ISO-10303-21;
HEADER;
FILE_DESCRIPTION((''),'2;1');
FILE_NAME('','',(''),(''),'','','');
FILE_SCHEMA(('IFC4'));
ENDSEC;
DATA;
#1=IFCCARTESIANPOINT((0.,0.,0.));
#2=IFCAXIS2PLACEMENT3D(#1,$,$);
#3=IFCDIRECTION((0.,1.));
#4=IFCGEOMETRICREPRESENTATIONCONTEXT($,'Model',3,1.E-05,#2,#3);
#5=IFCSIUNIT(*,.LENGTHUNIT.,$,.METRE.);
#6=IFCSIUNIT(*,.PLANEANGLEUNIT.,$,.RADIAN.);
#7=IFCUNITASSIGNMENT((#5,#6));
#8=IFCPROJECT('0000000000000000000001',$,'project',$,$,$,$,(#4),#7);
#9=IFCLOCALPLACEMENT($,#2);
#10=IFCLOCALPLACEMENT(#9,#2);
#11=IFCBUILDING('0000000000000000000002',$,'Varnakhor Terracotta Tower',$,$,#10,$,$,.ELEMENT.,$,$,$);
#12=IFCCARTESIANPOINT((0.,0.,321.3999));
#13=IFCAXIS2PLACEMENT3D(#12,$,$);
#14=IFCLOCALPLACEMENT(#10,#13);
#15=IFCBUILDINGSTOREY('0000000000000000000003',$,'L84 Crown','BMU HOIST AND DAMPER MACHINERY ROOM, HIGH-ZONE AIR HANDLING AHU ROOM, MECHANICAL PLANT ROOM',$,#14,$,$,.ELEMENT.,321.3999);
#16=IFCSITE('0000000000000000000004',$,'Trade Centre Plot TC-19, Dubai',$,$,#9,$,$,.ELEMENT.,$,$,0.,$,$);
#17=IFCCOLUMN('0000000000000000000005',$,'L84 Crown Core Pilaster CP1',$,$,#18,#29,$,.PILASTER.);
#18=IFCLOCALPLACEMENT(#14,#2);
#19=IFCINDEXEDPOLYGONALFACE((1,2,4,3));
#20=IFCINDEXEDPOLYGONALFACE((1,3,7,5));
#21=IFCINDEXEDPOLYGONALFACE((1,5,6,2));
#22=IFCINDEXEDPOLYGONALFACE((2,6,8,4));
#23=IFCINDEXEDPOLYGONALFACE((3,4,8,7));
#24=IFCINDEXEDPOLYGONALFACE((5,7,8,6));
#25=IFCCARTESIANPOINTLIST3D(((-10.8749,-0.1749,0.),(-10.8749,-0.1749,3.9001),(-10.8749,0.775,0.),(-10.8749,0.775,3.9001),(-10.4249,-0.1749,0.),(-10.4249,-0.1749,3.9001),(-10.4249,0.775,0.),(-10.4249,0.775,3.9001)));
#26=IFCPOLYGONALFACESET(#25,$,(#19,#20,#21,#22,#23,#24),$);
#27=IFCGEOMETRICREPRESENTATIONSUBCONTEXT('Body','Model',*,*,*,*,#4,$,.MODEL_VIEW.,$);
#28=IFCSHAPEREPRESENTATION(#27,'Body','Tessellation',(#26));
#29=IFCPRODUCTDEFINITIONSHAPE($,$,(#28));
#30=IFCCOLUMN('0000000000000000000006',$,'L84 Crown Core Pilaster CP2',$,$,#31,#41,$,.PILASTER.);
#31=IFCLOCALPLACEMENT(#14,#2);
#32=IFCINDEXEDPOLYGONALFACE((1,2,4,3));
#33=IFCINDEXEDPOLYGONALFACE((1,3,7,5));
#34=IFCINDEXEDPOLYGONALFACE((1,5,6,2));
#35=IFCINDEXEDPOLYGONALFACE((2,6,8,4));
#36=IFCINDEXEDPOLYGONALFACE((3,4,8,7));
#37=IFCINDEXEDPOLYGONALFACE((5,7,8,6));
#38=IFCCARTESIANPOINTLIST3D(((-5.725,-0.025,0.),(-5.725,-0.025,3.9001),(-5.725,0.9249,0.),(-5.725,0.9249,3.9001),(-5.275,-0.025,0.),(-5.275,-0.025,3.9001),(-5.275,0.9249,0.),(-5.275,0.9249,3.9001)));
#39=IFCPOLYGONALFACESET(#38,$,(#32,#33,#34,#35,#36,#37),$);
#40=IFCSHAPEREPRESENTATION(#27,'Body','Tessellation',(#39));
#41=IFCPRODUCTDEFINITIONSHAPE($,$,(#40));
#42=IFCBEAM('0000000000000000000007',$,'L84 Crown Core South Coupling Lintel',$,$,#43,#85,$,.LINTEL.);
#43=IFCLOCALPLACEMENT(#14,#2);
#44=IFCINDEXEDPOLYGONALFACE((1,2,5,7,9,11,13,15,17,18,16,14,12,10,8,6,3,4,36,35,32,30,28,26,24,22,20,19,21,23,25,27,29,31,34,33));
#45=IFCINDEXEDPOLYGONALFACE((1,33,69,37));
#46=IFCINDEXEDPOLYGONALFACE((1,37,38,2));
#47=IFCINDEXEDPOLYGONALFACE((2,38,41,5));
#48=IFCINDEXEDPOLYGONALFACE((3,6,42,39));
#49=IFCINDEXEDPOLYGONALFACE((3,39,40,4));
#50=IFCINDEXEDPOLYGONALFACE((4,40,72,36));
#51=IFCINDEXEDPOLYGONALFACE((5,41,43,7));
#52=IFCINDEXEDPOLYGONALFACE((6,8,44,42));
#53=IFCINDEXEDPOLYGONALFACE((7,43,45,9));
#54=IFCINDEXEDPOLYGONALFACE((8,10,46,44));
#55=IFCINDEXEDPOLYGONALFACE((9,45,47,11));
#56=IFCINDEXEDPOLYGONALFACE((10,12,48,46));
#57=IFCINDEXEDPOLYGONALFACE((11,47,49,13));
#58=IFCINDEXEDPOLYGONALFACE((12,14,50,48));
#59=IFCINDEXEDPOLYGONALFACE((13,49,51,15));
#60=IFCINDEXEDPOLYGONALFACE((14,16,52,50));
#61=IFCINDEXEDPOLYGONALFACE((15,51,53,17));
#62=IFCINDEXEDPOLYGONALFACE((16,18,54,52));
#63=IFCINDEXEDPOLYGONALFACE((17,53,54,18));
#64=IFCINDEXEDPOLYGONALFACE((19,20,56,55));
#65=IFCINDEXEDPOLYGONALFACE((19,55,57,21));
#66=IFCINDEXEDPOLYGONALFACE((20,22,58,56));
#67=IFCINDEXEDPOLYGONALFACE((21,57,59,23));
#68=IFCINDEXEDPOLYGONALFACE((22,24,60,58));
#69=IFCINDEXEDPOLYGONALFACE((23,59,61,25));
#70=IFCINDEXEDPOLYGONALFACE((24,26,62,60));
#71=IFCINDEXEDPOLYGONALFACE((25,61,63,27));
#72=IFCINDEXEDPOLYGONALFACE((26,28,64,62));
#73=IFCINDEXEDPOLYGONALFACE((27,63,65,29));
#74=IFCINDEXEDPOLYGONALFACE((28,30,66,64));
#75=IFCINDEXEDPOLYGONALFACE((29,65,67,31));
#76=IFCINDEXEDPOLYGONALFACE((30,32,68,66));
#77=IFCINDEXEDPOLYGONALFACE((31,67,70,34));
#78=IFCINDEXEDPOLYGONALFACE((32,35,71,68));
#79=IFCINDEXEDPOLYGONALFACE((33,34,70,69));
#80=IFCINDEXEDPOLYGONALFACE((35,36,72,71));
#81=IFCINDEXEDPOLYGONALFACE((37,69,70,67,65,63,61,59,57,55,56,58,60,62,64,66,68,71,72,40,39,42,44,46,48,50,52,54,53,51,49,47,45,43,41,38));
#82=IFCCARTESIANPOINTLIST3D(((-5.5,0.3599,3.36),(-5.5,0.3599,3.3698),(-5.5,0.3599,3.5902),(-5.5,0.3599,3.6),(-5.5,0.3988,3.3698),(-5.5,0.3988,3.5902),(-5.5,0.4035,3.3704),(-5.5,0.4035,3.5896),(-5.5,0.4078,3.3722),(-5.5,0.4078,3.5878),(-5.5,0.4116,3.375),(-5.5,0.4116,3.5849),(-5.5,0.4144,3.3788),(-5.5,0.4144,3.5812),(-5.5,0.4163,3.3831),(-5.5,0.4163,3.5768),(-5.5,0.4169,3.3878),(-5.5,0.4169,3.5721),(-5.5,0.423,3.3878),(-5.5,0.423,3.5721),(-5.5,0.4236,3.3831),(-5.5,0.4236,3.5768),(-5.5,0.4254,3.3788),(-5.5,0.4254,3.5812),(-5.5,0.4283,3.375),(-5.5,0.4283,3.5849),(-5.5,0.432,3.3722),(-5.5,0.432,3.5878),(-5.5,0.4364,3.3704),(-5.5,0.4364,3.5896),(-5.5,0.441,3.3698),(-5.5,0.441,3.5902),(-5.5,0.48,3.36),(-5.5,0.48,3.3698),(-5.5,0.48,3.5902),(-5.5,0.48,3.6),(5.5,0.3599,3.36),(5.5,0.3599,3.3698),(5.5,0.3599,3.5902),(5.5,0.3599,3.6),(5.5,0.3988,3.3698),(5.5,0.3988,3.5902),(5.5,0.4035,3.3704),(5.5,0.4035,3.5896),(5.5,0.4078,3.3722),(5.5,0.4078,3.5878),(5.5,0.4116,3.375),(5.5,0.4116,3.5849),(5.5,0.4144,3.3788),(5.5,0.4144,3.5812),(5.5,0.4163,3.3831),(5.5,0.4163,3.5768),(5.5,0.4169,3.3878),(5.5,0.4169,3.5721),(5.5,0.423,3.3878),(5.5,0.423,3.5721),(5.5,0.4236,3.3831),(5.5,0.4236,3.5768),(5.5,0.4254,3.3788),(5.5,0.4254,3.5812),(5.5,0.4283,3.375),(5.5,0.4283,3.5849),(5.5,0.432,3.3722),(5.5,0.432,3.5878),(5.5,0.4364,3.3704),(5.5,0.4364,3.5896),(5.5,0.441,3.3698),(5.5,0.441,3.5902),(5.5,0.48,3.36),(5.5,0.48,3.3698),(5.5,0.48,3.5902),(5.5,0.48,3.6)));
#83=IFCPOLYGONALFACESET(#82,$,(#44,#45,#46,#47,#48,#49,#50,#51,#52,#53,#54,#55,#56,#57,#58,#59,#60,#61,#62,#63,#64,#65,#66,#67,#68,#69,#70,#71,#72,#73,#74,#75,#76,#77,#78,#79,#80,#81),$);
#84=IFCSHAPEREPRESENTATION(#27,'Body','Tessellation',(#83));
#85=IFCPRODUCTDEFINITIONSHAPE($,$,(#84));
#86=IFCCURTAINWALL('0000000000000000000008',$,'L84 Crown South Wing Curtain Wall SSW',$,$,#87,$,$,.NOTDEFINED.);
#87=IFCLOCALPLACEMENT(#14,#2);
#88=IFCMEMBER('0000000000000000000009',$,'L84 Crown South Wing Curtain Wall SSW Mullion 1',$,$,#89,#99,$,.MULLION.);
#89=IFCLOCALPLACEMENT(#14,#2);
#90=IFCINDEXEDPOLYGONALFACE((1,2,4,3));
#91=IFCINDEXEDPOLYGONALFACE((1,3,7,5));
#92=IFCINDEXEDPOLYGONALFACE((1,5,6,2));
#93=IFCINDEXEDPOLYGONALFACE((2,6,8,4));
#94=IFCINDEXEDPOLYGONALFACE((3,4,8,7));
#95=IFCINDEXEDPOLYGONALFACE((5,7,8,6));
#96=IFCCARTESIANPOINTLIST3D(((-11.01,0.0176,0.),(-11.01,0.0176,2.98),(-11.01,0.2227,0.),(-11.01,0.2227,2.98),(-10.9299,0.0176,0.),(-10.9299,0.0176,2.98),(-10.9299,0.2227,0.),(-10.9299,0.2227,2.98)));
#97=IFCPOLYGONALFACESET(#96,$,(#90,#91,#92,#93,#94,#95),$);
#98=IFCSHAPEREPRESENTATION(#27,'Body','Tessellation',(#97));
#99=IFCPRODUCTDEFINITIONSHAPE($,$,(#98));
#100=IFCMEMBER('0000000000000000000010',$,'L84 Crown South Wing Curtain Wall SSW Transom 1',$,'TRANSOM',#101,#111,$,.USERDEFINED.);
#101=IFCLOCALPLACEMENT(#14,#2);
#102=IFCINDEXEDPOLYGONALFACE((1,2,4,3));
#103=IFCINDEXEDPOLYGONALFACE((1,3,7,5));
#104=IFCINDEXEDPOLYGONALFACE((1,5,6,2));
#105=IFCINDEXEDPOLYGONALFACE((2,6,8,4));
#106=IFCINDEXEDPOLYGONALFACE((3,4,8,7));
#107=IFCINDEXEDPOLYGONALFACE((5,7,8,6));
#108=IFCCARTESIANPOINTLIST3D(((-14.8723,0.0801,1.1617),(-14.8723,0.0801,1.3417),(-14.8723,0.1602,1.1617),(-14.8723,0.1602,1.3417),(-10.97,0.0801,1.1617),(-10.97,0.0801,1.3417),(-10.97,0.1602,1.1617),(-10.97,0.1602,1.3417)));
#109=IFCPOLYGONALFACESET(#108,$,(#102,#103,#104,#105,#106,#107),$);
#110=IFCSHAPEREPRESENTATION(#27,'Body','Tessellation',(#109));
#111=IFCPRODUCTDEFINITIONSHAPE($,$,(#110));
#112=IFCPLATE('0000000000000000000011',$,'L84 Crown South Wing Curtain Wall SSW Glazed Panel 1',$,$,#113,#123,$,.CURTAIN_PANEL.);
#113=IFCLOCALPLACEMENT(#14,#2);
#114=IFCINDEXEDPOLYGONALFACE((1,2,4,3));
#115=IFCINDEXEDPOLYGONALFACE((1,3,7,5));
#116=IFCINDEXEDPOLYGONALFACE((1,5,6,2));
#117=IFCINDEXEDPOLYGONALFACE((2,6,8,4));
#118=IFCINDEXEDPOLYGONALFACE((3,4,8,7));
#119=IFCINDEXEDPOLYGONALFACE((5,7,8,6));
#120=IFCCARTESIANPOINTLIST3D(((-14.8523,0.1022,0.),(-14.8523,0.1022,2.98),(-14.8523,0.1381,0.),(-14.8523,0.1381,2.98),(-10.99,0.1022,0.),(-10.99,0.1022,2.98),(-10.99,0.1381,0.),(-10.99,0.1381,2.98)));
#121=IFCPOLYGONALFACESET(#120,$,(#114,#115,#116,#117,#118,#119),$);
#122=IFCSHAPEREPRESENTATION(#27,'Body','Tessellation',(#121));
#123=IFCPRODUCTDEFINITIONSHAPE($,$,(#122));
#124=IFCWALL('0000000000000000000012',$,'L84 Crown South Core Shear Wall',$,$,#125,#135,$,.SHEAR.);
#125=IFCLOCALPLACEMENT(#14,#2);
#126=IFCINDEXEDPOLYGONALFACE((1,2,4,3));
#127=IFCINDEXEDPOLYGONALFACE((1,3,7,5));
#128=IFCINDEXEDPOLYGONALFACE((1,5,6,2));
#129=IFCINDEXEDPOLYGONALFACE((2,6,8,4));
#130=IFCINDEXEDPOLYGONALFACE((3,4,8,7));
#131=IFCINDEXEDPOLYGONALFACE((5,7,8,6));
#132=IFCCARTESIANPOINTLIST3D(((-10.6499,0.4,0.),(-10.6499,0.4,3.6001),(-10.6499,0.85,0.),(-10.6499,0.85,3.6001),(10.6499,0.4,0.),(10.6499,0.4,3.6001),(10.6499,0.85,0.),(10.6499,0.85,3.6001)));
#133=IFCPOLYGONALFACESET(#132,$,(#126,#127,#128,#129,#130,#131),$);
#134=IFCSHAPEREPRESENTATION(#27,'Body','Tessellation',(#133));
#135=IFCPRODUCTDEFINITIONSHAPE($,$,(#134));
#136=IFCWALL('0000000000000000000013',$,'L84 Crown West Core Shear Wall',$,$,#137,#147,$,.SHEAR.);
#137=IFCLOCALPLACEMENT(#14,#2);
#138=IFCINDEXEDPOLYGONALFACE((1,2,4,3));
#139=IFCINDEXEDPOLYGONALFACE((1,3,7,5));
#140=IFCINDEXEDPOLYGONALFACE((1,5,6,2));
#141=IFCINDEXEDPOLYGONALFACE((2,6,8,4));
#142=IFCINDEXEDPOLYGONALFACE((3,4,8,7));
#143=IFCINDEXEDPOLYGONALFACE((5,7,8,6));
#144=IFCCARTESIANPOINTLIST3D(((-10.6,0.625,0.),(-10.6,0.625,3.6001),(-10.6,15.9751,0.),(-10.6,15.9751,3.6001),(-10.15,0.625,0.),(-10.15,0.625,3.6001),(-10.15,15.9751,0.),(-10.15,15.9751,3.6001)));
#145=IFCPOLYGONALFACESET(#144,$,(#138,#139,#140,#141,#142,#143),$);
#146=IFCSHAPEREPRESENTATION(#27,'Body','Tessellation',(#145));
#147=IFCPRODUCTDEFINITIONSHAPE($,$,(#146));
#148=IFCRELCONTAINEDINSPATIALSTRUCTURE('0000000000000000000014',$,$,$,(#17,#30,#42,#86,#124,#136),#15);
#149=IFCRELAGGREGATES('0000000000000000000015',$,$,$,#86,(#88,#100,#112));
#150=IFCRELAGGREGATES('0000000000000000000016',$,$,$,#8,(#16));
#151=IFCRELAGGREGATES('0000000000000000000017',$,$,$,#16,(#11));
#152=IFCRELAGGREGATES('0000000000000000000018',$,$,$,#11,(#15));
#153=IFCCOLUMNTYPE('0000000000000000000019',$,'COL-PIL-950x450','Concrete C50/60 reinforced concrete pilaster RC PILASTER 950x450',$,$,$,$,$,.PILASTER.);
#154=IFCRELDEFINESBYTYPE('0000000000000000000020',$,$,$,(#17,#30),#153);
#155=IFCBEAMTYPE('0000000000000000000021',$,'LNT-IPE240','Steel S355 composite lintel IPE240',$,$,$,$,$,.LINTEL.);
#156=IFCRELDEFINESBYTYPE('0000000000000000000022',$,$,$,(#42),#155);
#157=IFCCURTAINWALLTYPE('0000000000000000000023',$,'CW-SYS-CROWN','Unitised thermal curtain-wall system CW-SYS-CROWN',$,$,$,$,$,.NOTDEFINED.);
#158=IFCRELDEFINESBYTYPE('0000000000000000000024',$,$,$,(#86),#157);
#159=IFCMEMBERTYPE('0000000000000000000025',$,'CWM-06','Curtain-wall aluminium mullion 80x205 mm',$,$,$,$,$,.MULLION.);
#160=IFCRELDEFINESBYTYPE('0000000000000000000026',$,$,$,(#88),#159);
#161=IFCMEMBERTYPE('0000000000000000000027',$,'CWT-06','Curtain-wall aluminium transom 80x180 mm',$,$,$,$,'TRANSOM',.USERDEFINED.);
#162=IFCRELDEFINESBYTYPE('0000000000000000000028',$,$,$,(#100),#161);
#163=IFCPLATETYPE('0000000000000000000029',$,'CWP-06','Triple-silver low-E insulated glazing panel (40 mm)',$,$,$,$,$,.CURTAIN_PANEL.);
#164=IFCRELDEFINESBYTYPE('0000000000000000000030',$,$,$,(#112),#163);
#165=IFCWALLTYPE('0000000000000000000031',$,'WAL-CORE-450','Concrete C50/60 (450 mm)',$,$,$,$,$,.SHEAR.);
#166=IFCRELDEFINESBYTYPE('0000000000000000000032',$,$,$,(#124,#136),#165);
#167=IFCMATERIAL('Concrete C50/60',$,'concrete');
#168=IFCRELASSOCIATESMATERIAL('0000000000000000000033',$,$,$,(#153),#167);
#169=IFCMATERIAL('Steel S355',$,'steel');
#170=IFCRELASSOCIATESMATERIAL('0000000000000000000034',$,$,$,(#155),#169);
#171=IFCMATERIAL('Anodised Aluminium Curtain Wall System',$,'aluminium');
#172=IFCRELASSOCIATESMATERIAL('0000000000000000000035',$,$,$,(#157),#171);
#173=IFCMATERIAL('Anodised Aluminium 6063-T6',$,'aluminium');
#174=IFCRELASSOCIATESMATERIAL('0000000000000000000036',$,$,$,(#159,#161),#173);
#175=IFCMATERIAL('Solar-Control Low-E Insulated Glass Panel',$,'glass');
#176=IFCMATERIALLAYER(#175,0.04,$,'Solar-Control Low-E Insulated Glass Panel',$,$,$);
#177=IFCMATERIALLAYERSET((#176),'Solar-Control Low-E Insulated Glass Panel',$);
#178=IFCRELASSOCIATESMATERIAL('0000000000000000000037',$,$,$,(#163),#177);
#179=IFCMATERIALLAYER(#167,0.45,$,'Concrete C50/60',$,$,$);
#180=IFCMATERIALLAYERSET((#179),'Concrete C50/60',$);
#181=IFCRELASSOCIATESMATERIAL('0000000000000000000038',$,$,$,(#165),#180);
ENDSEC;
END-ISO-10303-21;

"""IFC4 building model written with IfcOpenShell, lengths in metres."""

from ifc_helpers import new_model, si_unit, direction, frame, frame_2d, origin, origin_2d, place, context, subcontext, project, spatial, rectangle, i_section, extrude, source, transform, mapped, material, layer, layer_set, material_profile, profile_set, type_object, type_shapes, element, aggregate, save


model = new_model("IFC4")

# Units and contexts
model_context = context("Model", 3, precision=1e-05, world=origin(), true_north=direction((0.0, 1.0)))
body_context = subcontext(model_context, "Body", "Model", "MODEL_VIEW")
ifc_project = project(units=[si_unit("LENGTHUNIT", "METRE"), si_unit("PLANEANGLEUNIT", "RADIAN")], contexts=[model_context])

# Site, building, storey
site_placement = place(None, origin())
site = spatial("IfcSite", under=ifc_project, at=site_placement, Name="Trade Centre Plot TC-19, Dubai", CompositionType="ELEMENT", RefElevation=0.0)
building_placement = place(site_placement, origin())
building = spatial("IfcBuilding", under=site, at=building_placement, Name="Varnakhor Terracotta Tower", CompositionType="ELEMENT")
storey_placement = place(building_placement, frame((0.0, 0.0, 321.3999)))
storey = spatial("IfcBuildingStorey", under=building, at=storey_placement, Name="L84 Crown", Description="BMU HOIST AND DAMPER MACHINERY ROOM, HIGH-ZONE AIR HANDLING AHU ROOM, MECHANICAL PLANT ROOM", CompositionType="ELEMENT", Elevation=321.3999)

# Columns
ifc_material_1 = material(Name="Concrete C50/60", Category="concrete")
ifc_material_profile_1 = material_profile(ifc_material_1, rectangle(XDim=0.45, YDim=0.95, at=origin_2d()), Name="RC PILASTER 950x450")
ifc_profile_set_1 = profile_set([ifc_material_profile_1], Name="Concrete C50/60")
column_type = type_object("IfcColumnType", Name="COL-PIL-950x450", Description="Concrete C50/60 reinforced concrete pilaster RC PILASTER 950x450", PredefinedType="PILASTER", material=ifc_profile_set_1)
shared_shape_1 = source(origin(), body_context, "Body", "SweptSolid", [
    extrude(rectangle(XDim=0.45, YDim=0.95, at=origin_2d()), origin(), (0.0, 0.0, 1.0), 3.9001),
])
for number, where, z_axis, x_axis, name in (
    (1, (-10.6499, 0.3, 0.0), (0.0, 0.0, 1.0), (1.0, 0.0, 0.0), "L84 Crown Core Pilaster CP1"),
    (2, (-5.5, 0.45, 0.0), (0.0, 0.0, 1.0), (1.0, 0.0, 0.0), "L84 Crown Core Pilaster CP2"),
):
    element("IfcColumn", number, at=place(storey_placement, frame(where, z_axis=z_axis, x_axis=x_axis)), inside=storey, type_object=column_type, Name=name, PredefinedType="PILASTER", context=body_context, shape_type="MappedRepresentation", body=[
        mapped(shared_shape_1, transform((0.0, 0.0, 0.0), scale=1.0)),
    ])

# Beam
ifc_material_2 = material(Name="Steel S355", Category="steel")
ifc_material_profile_2 = material_profile(ifc_material_2, i_section(OverallWidth=0.1201, OverallDepth=0.24, WebThickness=0.0061, FlangeThickness=0.0098, FilletRadius=0.0181, at=origin_2d()), Name="IPE240")
ifc_profile_set_2 = profile_set([ifc_material_profile_2], Name="Steel S355")
beam_type = type_object("IfcBeamType", Name="LNT-IPE240", Description="Steel S355 composite lintel IPE240", PredefinedType="LINTEL", material=ifc_profile_set_2)
shared_shape_2 = source(origin(), body_context, "Body", "SweptSolid", [
    extrude(i_section(OverallWidth=0.1201, OverallDepth=0.24, WebThickness=0.0061, FlangeThickness=0.0098, FilletRadius=0.0181, at=origin_2d()), origin(), (0.0, 0.0, 1.0), 11.0),
])
type_shapes(beam_type, [shared_shape_2])
beam_placement = place(storey_placement, frame((-5.5, 0.4199, 3.48), z_axis=(1.0, 0.0, 0.0), x_axis=(0.0, 1.0, 0.0)))
element("IfcBeam", 3, at=beam_placement, inside=storey, type_object=beam_type, Name="L84 Crown Core South Coupling Lintel", PredefinedType="LINTEL", context=body_context, shape_type="MappedRepresentation", body=[
    mapped(shared_shape_2, transform((0.0, 0.0, 0.0), scale=1.0)),
])

# Curtain wall, members, plate
ifc_material_3 = material(Name="Anodised Aluminium Curtain Wall System", Category="aluminium")
curtain_wall_type = type_object("IfcCurtainWallType", Name="CW-SYS-CROWN", Description="Unitised thermal curtain-wall system CW-SYS-CROWN", PredefinedType="NOTDEFINED", material=ifc_material_3)
curtain_wall_placement = place(storey_placement, origin())
curtain_wall = element("IfcCurtainWall", 4, at=curtain_wall_placement, inside=storey, type_object=curtain_wall_type, Name="L84 Crown South Wing Curtain Wall SSW", PredefinedType="NOTDEFINED")
ifc_material_4 = material(Name="Anodised Aluminium 6063-T6", Category="aluminium")
ifc_material_profile_3 = material_profile(ifc_material_4, rectangle(XDim=0.0801, YDim=0.2051, at=origin_2d()), Name="ALU MULLION 80x205")
ifc_profile_set_3 = profile_set([ifc_material_profile_3], Name="Anodised Aluminium 6063-T6")
member_type_1 = type_object("IfcMemberType", Name="CWM-06", Description="Curtain-wall aluminium mullion 80x205 mm", PredefinedType="MULLION", material=ifc_profile_set_3)
shared_shape_3 = source(origin(), body_context, "Body", "SweptSolid", [
    extrude(rectangle(XDim=0.0801, YDim=0.2051, at=origin_2d()), origin(), (0.0, 0.0, 1.0), 2.98),
])
type_shapes(member_type_1, [shared_shape_3])
member_1_placement = place(storey_placement, frame((-10.97, 0.1201, 0.0), z_axis=(0.0, 0.0, 1.0), x_axis=(1.0, 0.0, 0.0)))
member_1 = element("IfcMember", 5, at=member_1_placement, type_object=member_type_1, Name="L84 Crown South Wing Curtain Wall SSW Mullion 1", PredefinedType="MULLION", context=body_context, shape_type="MappedRepresentation", body=[
    mapped(shared_shape_3, transform((0.0, 0.0, 0.0), scale=1.0)),
])
ifc_material_profile_4 = material_profile(ifc_material_4, rectangle(XDim=0.0801, YDim=0.1799, at=origin_2d()), Name="ALU TRANSOM 80x180")
ifc_profile_set_4 = profile_set([ifc_material_profile_4], Name="Anodised Aluminium 6063-T6")
member_type_2 = type_object("IfcMemberType", Name="CWT-06", Description="Curtain-wall aluminium transom 80x180 mm", ElementType="TRANSOM", PredefinedType="USERDEFINED", material=ifc_profile_set_4)
shared_shape_4 = source(origin(), body_context, "Body", "SweptSolid", [
    extrude(rectangle(XDim=0.0801, YDim=0.1799, at=origin_2d()), origin(), (0.0, 0.0, 1.0), 3.9023),
])
member_2_placement = place(storey_placement, frame((-10.97, 0.1201, 1.2517), z_axis=(-1.0, 0.0, 0.0), x_axis=(0.0, -1.0, 0.0)))
member_2 = element("IfcMember", 6, at=member_2_placement, type_object=member_type_2, Name="L84 Crown South Wing Curtain Wall SSW Transom 1", ObjectType="TRANSOM", PredefinedType="USERDEFINED", context=body_context, shape_type="MappedRepresentation", body=[
    mapped(shared_shape_4, transform((0.0, 0.0, 0.0), scale=1.0)),
])
ifc_material_5 = material(Name="Solar-Control Low-E Insulated Glass Panel", Category="glass")
ifc_layer_1 = layer(ifc_material_5, 0.04, Name="Solar-Control Low-E Insulated Glass Panel")
ifc_layer_set_1 = layer_set([ifc_layer_1], Name="Solar-Control Low-E Insulated Glass Panel")
plate_type = type_object("IfcPlateType", Name="CWP-06", Description="Triple-silver low-E insulated glazing panel (40 mm)", PredefinedType="CURTAIN_PANEL", material=ifc_layer_set_1)
shared_shape_5 = source(origin(), body_context, "Body", "SweptSolid", [
    extrude(rectangle(XDim=3.8623, YDim=0.0359, at=origin_2d()), origin(), (0.0, 0.0, 1.0), 2.98),
])
plate_placement = place(storey_placement, frame((-12.9211, 0.1201, 0.0), z_axis=(0.0, 0.0, 1.0), x_axis=(-1.0, 0.0, 0.0)))
plate = element("IfcPlate", 7, at=plate_placement, type_object=plate_type, Name="L84 Crown South Wing Curtain Wall SSW Glazed Panel 1", PredefinedType="CURTAIN_PANEL", context=body_context, shape_type="MappedRepresentation", body=[
    mapped(shared_shape_5, transform((0.0, 0.0, 0.0), scale=1.0)),
])
aggregate(curtain_wall, [member_1, member_2, plate])

# Walls
ifc_layer_2 = layer(ifc_material_1, 0.45, Name="Concrete C50/60")
ifc_layer_set_2 = layer_set([ifc_layer_2], Name="Concrete C50/60")
wall_type_1 = type_object("IfcWallType", Name="WAL-CORE-450", Description="Concrete C50/60 (450 mm)", PredefinedType="SHEAR", material=ifc_layer_set_2)
wall_1_placement = place(storey_placement, frame((-10.6499, 0.625, 0.0), z_axis=(0.0, 0.0, 1.0), x_axis=(1.0, 0.0, 0.0)))
element("IfcWall", 8, at=wall_1_placement, inside=storey, type_object=wall_type_1, Name="L84 Crown South Core Shear Wall", PredefinedType="SHEAR", context=body_context, shape_type="SweptSolid", body=[
    extrude(rectangle(XDim=21.2998, YDim=0.45, at=frame_2d((10.6499, 0.0))), origin(), (0.0, 0.0, 1.0), 3.6001),
])
wall_2_placement = place(storey_placement, frame((-10.375, 0.625, 0.0), z_axis=(0.0, 0.0, 1.0), x_axis=(0.0, 1.0, 0.0)))
element("IfcWall", 9, at=wall_2_placement, inside=storey, type_object=wall_type_1, Name="L84 Crown West Core Shear Wall", PredefinedType="SHEAR", context=body_context, shape_type="SweptSolid", body=[
    extrude(rectangle(XDim=15.3501, YDim=0.45, at=frame_2d((7.675, 0.0))), origin(), (0.0, 0.0, 1.0), 3.6001),
])

save(model, "model.ifc")
